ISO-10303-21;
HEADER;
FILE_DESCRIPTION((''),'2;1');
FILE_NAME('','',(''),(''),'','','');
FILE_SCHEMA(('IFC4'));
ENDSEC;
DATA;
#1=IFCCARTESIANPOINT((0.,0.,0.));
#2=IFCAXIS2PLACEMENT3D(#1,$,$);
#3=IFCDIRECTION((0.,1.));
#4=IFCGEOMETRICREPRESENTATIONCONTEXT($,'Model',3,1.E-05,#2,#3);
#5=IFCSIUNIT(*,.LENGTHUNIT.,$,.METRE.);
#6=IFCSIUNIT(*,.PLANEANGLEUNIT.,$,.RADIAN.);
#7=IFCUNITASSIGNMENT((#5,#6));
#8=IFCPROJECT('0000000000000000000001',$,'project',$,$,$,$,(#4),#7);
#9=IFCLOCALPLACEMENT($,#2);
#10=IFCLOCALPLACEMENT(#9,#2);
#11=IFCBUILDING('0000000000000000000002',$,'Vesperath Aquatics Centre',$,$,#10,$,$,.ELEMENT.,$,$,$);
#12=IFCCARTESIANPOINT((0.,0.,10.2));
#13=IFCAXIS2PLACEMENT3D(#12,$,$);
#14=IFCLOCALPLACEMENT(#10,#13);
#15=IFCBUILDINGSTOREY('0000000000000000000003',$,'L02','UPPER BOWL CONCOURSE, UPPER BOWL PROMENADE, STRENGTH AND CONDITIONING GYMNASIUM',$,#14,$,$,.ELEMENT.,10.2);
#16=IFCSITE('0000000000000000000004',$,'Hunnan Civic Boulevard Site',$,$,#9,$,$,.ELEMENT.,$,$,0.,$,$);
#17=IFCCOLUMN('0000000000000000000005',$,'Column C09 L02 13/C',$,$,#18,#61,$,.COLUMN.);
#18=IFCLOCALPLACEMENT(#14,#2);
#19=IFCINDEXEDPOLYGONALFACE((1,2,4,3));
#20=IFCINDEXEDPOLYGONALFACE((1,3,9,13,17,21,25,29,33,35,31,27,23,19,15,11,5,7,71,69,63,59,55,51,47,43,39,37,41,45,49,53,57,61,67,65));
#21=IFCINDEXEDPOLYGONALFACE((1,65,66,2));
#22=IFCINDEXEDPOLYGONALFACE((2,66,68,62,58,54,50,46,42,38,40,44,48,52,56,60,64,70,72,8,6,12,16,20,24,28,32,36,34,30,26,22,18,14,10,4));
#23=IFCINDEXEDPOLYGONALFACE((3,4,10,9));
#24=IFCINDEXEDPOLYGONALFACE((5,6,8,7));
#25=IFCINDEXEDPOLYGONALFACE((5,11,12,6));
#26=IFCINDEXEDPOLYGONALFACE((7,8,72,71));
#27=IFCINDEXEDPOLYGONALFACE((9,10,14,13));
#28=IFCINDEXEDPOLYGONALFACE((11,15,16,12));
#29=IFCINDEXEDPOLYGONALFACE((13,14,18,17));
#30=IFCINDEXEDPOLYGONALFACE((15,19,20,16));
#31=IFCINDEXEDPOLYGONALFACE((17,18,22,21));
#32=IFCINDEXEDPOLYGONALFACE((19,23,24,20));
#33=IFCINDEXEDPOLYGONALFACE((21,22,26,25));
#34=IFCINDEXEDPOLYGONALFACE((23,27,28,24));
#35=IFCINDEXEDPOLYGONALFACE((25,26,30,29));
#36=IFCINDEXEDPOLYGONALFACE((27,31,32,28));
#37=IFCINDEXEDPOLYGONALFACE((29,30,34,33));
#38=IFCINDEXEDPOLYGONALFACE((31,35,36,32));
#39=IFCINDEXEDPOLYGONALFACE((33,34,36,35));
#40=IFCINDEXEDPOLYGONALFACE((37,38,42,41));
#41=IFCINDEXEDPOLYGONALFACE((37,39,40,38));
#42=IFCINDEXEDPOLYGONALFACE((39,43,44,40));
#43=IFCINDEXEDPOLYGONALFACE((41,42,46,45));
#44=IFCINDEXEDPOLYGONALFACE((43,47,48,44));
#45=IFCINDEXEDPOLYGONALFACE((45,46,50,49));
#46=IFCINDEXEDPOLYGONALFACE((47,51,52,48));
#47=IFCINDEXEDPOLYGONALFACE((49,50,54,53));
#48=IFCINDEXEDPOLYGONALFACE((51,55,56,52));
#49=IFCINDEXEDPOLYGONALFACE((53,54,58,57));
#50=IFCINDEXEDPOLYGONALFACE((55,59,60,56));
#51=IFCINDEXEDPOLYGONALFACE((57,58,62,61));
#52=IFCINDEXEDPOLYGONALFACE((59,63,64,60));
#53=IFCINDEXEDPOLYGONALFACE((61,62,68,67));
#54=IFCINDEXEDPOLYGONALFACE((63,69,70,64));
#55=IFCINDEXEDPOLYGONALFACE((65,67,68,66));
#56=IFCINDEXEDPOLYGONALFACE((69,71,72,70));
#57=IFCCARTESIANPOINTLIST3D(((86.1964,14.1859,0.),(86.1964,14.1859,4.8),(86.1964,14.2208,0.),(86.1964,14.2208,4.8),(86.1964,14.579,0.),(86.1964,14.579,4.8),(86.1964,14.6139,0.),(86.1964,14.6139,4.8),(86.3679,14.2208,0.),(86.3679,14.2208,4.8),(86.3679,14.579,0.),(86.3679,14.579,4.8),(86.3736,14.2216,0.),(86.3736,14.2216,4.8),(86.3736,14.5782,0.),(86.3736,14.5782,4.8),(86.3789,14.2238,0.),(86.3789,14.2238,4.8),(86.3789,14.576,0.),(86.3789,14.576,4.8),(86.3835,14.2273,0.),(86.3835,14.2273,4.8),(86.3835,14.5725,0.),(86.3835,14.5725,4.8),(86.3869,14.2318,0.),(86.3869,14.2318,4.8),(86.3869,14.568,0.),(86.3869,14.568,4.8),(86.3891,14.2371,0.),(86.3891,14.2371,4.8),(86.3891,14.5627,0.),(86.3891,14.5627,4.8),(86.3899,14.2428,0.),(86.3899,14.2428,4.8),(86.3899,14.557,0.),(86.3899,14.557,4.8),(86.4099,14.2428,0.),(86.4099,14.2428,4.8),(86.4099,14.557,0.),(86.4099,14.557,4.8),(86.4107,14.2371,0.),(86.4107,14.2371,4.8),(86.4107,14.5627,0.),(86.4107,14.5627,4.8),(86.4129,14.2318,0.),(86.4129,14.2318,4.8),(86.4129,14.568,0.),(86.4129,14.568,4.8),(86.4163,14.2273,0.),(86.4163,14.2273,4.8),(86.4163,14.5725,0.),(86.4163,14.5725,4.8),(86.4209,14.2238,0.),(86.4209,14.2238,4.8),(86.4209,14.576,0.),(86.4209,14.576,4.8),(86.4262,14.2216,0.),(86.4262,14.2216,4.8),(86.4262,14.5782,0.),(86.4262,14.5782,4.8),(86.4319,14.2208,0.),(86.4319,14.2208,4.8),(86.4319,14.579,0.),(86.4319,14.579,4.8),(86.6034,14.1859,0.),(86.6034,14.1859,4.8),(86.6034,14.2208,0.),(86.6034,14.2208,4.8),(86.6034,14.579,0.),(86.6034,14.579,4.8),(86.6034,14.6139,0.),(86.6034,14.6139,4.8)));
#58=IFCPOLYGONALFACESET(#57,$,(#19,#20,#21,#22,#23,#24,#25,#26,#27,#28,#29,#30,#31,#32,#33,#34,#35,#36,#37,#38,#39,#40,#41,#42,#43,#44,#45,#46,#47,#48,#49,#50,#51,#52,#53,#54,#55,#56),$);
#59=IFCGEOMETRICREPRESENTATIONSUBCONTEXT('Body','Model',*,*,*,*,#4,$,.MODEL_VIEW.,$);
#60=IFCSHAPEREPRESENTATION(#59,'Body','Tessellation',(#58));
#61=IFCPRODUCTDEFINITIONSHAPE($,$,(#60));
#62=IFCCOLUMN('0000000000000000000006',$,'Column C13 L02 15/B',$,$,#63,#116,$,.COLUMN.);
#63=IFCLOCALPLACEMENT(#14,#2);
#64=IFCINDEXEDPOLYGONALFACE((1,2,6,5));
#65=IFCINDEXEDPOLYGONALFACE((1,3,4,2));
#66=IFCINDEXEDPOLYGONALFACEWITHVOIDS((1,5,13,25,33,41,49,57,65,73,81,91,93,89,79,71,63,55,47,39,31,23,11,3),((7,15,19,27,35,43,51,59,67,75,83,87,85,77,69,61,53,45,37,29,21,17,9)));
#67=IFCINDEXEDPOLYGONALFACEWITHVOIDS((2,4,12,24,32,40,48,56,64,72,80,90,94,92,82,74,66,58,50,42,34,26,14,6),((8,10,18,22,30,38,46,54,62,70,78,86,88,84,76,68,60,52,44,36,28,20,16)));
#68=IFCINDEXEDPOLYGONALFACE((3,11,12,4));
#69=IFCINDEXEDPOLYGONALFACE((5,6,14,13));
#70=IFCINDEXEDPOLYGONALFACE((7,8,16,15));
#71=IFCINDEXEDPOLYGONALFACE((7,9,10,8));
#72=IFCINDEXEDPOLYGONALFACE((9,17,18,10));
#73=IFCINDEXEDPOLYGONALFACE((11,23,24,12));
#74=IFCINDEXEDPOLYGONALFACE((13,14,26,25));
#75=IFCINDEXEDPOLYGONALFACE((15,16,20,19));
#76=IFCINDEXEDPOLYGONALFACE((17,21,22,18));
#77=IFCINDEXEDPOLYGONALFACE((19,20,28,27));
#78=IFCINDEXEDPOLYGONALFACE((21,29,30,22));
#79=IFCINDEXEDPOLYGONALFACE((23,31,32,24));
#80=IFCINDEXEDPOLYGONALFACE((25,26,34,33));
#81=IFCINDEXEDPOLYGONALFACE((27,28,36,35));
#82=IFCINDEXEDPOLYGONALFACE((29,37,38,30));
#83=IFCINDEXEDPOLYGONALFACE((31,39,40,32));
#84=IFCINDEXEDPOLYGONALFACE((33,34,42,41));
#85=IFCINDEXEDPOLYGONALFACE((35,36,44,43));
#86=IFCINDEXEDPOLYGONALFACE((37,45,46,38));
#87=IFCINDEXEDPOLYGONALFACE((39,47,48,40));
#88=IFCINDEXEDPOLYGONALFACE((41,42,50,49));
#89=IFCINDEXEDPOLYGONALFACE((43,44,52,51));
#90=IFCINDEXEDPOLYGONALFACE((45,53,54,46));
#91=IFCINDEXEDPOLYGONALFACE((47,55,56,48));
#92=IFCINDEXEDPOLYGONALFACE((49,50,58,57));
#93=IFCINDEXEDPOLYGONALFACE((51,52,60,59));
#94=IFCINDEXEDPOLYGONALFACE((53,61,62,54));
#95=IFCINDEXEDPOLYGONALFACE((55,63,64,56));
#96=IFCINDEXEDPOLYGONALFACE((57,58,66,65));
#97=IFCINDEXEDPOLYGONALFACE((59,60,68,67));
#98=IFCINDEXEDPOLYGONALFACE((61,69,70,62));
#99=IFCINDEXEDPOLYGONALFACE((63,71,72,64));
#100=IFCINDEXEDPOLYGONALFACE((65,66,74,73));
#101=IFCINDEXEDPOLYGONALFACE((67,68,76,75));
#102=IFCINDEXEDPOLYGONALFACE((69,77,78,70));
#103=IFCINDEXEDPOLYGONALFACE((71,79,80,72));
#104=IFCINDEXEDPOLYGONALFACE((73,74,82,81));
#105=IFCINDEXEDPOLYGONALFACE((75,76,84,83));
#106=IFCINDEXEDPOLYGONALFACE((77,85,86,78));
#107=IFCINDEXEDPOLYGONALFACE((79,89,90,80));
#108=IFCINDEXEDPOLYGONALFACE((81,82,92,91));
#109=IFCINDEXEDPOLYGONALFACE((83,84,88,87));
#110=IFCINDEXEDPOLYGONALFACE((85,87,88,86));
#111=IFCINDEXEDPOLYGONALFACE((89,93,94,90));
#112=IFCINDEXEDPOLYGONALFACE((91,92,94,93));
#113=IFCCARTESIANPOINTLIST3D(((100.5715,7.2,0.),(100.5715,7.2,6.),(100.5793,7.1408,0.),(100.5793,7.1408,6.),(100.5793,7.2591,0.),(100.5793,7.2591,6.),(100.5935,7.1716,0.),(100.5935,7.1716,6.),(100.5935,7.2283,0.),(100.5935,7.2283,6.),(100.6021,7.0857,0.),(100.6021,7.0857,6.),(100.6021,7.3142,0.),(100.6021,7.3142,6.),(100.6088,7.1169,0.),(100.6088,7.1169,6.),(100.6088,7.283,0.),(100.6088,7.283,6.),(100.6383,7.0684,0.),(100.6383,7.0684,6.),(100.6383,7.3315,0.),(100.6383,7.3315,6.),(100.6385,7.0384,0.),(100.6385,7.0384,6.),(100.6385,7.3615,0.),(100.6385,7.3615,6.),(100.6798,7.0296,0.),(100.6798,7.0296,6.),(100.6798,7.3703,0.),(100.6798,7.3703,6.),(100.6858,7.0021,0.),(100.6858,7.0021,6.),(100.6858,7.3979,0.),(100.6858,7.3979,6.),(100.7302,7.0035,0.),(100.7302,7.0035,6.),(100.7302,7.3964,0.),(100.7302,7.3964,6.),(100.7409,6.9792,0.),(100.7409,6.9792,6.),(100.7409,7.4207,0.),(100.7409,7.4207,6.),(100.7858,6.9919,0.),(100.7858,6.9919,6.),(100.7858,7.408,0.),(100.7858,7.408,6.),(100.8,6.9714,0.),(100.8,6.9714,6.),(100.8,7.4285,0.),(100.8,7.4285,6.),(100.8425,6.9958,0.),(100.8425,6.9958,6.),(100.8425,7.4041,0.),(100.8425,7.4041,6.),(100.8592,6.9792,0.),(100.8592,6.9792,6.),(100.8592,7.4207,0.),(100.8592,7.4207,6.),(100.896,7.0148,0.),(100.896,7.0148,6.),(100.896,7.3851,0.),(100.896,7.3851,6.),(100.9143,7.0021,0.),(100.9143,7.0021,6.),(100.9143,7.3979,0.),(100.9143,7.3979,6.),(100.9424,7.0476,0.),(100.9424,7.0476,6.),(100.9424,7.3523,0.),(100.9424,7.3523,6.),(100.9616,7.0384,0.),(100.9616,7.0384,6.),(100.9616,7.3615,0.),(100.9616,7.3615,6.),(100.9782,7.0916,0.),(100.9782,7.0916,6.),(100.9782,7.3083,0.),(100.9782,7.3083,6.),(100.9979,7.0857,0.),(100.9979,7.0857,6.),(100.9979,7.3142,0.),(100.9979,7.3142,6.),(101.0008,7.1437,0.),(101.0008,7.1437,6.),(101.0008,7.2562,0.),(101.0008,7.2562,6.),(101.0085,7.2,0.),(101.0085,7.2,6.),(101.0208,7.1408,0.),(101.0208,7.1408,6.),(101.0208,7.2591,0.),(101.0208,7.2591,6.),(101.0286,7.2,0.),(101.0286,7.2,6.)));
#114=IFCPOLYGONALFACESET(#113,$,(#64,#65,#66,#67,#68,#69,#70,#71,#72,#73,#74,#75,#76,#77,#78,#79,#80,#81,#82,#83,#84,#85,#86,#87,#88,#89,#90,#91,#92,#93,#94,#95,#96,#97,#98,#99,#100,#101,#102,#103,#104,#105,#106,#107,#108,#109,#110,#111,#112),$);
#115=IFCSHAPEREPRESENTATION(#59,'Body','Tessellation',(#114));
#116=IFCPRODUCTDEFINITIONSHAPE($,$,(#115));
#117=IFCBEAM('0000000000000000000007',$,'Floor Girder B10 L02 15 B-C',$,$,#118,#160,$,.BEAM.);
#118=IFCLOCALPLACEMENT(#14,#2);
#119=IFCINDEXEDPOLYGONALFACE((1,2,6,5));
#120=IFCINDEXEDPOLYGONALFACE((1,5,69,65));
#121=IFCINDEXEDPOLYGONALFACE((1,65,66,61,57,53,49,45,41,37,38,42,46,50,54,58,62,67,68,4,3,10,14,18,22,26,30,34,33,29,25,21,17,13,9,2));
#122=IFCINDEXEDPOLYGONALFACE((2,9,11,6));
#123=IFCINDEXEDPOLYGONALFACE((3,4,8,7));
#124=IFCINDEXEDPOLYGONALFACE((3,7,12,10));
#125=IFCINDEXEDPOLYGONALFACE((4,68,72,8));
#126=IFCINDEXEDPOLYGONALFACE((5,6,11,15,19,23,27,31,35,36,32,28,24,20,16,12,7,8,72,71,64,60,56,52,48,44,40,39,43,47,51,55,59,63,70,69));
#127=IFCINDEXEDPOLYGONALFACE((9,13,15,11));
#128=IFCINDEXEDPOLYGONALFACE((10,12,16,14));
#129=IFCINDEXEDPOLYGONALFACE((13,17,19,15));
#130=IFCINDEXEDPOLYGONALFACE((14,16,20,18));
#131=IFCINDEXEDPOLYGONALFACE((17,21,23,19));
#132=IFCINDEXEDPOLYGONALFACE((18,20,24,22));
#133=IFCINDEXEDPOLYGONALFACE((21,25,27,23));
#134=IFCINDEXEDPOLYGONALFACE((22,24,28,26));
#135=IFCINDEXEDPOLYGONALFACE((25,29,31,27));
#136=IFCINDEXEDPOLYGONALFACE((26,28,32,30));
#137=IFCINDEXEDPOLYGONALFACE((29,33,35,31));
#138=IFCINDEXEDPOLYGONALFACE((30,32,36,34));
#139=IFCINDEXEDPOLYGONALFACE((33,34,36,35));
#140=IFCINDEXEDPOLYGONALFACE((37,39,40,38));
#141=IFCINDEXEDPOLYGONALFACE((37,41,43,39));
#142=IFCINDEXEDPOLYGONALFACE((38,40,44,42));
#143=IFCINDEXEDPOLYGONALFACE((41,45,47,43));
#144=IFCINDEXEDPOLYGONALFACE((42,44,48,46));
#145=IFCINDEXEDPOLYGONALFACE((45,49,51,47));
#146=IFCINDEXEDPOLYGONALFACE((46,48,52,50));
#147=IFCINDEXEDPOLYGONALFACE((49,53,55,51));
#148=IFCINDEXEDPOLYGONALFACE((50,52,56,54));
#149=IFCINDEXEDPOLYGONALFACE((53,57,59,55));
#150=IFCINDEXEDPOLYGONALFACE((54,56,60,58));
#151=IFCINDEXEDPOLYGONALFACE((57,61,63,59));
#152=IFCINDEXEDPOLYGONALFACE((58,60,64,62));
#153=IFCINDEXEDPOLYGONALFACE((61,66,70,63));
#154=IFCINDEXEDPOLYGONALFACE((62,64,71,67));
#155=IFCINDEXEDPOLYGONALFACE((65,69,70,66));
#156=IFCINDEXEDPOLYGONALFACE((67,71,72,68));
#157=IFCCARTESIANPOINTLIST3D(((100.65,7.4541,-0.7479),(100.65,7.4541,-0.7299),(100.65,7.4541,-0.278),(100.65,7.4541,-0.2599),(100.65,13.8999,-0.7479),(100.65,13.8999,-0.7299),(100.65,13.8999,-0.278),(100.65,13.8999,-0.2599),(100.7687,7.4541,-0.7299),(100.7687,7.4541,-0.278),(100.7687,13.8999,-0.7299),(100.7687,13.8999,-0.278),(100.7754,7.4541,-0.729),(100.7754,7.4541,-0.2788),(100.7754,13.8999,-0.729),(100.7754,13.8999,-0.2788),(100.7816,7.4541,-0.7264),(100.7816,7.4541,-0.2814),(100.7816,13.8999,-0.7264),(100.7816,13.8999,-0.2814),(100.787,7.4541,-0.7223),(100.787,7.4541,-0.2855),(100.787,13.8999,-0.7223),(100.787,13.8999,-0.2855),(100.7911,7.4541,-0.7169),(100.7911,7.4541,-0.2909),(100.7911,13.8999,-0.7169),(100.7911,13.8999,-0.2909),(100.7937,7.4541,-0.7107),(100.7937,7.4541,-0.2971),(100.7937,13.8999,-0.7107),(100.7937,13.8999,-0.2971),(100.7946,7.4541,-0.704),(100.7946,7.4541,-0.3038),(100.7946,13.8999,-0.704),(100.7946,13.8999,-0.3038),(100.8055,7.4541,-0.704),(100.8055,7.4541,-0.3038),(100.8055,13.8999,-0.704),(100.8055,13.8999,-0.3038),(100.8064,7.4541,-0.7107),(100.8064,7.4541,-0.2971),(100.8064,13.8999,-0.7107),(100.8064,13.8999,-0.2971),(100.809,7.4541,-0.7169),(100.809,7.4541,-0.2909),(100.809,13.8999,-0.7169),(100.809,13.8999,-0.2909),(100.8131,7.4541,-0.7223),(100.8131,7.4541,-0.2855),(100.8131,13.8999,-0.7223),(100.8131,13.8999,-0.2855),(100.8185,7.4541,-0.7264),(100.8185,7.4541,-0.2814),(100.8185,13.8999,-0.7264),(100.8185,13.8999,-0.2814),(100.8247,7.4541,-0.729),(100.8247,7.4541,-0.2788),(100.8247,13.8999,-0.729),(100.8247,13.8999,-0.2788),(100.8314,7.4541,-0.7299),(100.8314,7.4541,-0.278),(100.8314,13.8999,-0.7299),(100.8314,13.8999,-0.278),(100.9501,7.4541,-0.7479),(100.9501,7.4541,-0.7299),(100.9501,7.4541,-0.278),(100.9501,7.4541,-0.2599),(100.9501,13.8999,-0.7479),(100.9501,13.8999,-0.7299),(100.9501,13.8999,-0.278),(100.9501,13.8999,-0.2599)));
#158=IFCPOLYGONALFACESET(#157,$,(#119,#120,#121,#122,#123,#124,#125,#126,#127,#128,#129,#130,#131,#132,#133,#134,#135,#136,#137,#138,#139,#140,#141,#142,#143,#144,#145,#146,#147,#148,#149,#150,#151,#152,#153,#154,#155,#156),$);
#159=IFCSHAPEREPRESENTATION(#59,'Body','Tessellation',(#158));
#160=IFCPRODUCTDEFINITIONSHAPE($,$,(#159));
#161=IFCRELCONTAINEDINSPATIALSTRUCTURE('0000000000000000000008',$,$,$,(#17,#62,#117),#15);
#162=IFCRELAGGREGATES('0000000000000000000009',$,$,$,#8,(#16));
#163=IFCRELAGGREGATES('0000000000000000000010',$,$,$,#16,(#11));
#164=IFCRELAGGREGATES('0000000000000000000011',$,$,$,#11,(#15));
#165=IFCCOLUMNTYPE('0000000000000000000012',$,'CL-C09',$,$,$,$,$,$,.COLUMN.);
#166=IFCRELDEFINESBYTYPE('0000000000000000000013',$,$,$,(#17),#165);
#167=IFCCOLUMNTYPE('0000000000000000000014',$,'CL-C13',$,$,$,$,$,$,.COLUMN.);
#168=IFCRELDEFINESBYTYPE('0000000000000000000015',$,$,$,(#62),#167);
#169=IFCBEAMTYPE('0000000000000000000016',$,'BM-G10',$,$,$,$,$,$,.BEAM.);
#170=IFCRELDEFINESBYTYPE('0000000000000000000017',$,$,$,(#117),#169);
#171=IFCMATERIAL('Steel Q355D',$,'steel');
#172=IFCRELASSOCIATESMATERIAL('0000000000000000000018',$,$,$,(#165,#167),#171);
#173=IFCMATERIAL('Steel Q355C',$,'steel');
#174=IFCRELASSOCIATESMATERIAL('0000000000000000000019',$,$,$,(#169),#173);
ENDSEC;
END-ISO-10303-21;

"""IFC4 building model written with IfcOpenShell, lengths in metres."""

from ifc_helpers import new_model, si_unit, direction, frame, origin, origin_2d, place, context, subcontext, project, spatial, hollow_circle, i_section, extrude, material, material_profile, profile_set, type_object, element, save


model = new_model("IFC4")

# Units and contexts
model_context = context("Model", 3, precision=1e-05, world=origin(), true_north=direction((0.0, 1.0)))
body_context = subcontext(model_context, "Body", "Model", "MODEL_VIEW")
ifc_project = project(units=[si_unit("LENGTHUNIT", "METRE"), si_unit("PLANEANGLEUNIT", "RADIAN")], contexts=[model_context])

# Site, building, storey
site_placement = place(None, origin())
site = spatial("IfcSite", under=ifc_project, at=site_placement, Name="Hunnan Civic Boulevard Site", CompositionType="ELEMENT", RefElevation=0.0)
building_placement = place(site_placement, origin())
building = spatial("IfcBuilding", under=site, at=building_placement, Name="Vesperath Aquatics Centre", CompositionType="ELEMENT")
storey_placement = place(building_placement, frame((0.0, 0.0, 10.2)))
storey = spatial("IfcBuildingStorey", under=building, at=storey_placement, Name="L02", Description="UPPER BOWL CONCOURSE, UPPER BOWL PROMENADE, STRENGTH AND CONDITIONING GYMNASIUM", CompositionType="ELEMENT", Elevation=10.2)

# Columns
ifc_material_1 = material(Name="Steel Q355D", Category="steel")
ifc_material_profile_1 = material_profile(ifc_material_1, i_section(OverallWidth=0.407, OverallDepth=0.428, WebThickness=0.02, FlangeThickness=0.0349, FilletRadius=0.022, at=origin_2d()), Name="HW 428x407x20x35")
ifc_profile_set_1 = profile_set([ifc_material_profile_1], Name="Steel Q355D")
column_type_1 = type_object("IfcColumnType", Name="CL-C09", PredefinedType="COLUMN", material=ifc_profile_set_1)
column_1_placement = place(storey_placement, frame((86.3999, 14.3999, 0.0), z_axis=(0.0, 0.0, 1.0), x_axis=(1.0, 0.0, 0.0)))
element("IfcColumn", 1, at=column_1_placement, inside=storey, type_object=column_type_1, Name="Column C09 L02 13/C", PredefinedType="COLUMN", context=body_context, shape_type="SweptSolid", body=[
    extrude(i_section(OverallWidth=0.407, OverallDepth=0.428, WebThickness=0.02, FlangeThickness=0.0349, FilletRadius=0.022, at=origin_2d()), origin(), (0.0, 0.0, 1.0), 4.8),
])
ifc_material_profile_2 = material_profile(ifc_material_1, hollow_circle(Radius=0.2285, WallThickness=0.02, at=origin_2d()), Name="CHS 457.0x20")
ifc_profile_set_2 = profile_set([ifc_material_profile_2], Name="Steel Q355D")
column_type_2 = type_object("IfcColumnType", Name="CL-C13", PredefinedType="COLUMN", material=ifc_profile_set_2)
column_2_placement = place(storey_placement, frame((100.8, 7.2, 0.0), z_axis=(0.0, 0.0, 1.0), x_axis=(1.0, 0.0, 0.0)))
element("IfcColumn", 2, at=column_2_placement, inside=storey, type_object=column_type_2, Name="Column C13 L02 15/B", PredefinedType="COLUMN", context=body_context, shape_type="SweptSolid", body=[
    extrude(hollow_circle(Radius=0.2285, WallThickness=0.02, at=origin_2d()), origin(), (0.0, 0.0, 1.0), 6.0),
])

# Beam
ifc_material_2 = material(Name="Steel Q355C", Category="steel")
ifc_material_profile_3 = material_profile(ifc_material_2, i_section(OverallWidth=0.3, OverallDepth=0.488, WebThickness=0.011, FlangeThickness=0.0181, FilletRadius=0.0259, at=origin_2d()), Name="HM 488x300x11x18")
ifc_profile_set_3 = profile_set([ifc_material_profile_3], Name="Steel Q355C")
beam_type_1 = type_object("IfcBeamType", Name="BM-G10", PredefinedType="BEAM", material=ifc_profile_set_3)
beam_1_placement = place(storey_placement, frame((100.8, 7.4541, -0.5039), z_axis=(0.0, 1.0, 0.0), x_axis=(-1.0, 0.0, 0.0)))
element("IfcBeam", 3, at=beam_1_placement, inside=storey, type_object=beam_type_1, Name="Floor Girder B10 L02 15 B-C", PredefinedType="BEAM", context=body_context, shape_type="SweptSolid", body=[
    extrude(i_section(OverallWidth=0.3, OverallDepth=0.488, WebThickness=0.011, FlangeThickness=0.0181, FilletRadius=0.0259, at=origin_2d()), origin(), (0.0, 0.0, 1.0), 6.4458),
])

save(model, "model.ifc")
